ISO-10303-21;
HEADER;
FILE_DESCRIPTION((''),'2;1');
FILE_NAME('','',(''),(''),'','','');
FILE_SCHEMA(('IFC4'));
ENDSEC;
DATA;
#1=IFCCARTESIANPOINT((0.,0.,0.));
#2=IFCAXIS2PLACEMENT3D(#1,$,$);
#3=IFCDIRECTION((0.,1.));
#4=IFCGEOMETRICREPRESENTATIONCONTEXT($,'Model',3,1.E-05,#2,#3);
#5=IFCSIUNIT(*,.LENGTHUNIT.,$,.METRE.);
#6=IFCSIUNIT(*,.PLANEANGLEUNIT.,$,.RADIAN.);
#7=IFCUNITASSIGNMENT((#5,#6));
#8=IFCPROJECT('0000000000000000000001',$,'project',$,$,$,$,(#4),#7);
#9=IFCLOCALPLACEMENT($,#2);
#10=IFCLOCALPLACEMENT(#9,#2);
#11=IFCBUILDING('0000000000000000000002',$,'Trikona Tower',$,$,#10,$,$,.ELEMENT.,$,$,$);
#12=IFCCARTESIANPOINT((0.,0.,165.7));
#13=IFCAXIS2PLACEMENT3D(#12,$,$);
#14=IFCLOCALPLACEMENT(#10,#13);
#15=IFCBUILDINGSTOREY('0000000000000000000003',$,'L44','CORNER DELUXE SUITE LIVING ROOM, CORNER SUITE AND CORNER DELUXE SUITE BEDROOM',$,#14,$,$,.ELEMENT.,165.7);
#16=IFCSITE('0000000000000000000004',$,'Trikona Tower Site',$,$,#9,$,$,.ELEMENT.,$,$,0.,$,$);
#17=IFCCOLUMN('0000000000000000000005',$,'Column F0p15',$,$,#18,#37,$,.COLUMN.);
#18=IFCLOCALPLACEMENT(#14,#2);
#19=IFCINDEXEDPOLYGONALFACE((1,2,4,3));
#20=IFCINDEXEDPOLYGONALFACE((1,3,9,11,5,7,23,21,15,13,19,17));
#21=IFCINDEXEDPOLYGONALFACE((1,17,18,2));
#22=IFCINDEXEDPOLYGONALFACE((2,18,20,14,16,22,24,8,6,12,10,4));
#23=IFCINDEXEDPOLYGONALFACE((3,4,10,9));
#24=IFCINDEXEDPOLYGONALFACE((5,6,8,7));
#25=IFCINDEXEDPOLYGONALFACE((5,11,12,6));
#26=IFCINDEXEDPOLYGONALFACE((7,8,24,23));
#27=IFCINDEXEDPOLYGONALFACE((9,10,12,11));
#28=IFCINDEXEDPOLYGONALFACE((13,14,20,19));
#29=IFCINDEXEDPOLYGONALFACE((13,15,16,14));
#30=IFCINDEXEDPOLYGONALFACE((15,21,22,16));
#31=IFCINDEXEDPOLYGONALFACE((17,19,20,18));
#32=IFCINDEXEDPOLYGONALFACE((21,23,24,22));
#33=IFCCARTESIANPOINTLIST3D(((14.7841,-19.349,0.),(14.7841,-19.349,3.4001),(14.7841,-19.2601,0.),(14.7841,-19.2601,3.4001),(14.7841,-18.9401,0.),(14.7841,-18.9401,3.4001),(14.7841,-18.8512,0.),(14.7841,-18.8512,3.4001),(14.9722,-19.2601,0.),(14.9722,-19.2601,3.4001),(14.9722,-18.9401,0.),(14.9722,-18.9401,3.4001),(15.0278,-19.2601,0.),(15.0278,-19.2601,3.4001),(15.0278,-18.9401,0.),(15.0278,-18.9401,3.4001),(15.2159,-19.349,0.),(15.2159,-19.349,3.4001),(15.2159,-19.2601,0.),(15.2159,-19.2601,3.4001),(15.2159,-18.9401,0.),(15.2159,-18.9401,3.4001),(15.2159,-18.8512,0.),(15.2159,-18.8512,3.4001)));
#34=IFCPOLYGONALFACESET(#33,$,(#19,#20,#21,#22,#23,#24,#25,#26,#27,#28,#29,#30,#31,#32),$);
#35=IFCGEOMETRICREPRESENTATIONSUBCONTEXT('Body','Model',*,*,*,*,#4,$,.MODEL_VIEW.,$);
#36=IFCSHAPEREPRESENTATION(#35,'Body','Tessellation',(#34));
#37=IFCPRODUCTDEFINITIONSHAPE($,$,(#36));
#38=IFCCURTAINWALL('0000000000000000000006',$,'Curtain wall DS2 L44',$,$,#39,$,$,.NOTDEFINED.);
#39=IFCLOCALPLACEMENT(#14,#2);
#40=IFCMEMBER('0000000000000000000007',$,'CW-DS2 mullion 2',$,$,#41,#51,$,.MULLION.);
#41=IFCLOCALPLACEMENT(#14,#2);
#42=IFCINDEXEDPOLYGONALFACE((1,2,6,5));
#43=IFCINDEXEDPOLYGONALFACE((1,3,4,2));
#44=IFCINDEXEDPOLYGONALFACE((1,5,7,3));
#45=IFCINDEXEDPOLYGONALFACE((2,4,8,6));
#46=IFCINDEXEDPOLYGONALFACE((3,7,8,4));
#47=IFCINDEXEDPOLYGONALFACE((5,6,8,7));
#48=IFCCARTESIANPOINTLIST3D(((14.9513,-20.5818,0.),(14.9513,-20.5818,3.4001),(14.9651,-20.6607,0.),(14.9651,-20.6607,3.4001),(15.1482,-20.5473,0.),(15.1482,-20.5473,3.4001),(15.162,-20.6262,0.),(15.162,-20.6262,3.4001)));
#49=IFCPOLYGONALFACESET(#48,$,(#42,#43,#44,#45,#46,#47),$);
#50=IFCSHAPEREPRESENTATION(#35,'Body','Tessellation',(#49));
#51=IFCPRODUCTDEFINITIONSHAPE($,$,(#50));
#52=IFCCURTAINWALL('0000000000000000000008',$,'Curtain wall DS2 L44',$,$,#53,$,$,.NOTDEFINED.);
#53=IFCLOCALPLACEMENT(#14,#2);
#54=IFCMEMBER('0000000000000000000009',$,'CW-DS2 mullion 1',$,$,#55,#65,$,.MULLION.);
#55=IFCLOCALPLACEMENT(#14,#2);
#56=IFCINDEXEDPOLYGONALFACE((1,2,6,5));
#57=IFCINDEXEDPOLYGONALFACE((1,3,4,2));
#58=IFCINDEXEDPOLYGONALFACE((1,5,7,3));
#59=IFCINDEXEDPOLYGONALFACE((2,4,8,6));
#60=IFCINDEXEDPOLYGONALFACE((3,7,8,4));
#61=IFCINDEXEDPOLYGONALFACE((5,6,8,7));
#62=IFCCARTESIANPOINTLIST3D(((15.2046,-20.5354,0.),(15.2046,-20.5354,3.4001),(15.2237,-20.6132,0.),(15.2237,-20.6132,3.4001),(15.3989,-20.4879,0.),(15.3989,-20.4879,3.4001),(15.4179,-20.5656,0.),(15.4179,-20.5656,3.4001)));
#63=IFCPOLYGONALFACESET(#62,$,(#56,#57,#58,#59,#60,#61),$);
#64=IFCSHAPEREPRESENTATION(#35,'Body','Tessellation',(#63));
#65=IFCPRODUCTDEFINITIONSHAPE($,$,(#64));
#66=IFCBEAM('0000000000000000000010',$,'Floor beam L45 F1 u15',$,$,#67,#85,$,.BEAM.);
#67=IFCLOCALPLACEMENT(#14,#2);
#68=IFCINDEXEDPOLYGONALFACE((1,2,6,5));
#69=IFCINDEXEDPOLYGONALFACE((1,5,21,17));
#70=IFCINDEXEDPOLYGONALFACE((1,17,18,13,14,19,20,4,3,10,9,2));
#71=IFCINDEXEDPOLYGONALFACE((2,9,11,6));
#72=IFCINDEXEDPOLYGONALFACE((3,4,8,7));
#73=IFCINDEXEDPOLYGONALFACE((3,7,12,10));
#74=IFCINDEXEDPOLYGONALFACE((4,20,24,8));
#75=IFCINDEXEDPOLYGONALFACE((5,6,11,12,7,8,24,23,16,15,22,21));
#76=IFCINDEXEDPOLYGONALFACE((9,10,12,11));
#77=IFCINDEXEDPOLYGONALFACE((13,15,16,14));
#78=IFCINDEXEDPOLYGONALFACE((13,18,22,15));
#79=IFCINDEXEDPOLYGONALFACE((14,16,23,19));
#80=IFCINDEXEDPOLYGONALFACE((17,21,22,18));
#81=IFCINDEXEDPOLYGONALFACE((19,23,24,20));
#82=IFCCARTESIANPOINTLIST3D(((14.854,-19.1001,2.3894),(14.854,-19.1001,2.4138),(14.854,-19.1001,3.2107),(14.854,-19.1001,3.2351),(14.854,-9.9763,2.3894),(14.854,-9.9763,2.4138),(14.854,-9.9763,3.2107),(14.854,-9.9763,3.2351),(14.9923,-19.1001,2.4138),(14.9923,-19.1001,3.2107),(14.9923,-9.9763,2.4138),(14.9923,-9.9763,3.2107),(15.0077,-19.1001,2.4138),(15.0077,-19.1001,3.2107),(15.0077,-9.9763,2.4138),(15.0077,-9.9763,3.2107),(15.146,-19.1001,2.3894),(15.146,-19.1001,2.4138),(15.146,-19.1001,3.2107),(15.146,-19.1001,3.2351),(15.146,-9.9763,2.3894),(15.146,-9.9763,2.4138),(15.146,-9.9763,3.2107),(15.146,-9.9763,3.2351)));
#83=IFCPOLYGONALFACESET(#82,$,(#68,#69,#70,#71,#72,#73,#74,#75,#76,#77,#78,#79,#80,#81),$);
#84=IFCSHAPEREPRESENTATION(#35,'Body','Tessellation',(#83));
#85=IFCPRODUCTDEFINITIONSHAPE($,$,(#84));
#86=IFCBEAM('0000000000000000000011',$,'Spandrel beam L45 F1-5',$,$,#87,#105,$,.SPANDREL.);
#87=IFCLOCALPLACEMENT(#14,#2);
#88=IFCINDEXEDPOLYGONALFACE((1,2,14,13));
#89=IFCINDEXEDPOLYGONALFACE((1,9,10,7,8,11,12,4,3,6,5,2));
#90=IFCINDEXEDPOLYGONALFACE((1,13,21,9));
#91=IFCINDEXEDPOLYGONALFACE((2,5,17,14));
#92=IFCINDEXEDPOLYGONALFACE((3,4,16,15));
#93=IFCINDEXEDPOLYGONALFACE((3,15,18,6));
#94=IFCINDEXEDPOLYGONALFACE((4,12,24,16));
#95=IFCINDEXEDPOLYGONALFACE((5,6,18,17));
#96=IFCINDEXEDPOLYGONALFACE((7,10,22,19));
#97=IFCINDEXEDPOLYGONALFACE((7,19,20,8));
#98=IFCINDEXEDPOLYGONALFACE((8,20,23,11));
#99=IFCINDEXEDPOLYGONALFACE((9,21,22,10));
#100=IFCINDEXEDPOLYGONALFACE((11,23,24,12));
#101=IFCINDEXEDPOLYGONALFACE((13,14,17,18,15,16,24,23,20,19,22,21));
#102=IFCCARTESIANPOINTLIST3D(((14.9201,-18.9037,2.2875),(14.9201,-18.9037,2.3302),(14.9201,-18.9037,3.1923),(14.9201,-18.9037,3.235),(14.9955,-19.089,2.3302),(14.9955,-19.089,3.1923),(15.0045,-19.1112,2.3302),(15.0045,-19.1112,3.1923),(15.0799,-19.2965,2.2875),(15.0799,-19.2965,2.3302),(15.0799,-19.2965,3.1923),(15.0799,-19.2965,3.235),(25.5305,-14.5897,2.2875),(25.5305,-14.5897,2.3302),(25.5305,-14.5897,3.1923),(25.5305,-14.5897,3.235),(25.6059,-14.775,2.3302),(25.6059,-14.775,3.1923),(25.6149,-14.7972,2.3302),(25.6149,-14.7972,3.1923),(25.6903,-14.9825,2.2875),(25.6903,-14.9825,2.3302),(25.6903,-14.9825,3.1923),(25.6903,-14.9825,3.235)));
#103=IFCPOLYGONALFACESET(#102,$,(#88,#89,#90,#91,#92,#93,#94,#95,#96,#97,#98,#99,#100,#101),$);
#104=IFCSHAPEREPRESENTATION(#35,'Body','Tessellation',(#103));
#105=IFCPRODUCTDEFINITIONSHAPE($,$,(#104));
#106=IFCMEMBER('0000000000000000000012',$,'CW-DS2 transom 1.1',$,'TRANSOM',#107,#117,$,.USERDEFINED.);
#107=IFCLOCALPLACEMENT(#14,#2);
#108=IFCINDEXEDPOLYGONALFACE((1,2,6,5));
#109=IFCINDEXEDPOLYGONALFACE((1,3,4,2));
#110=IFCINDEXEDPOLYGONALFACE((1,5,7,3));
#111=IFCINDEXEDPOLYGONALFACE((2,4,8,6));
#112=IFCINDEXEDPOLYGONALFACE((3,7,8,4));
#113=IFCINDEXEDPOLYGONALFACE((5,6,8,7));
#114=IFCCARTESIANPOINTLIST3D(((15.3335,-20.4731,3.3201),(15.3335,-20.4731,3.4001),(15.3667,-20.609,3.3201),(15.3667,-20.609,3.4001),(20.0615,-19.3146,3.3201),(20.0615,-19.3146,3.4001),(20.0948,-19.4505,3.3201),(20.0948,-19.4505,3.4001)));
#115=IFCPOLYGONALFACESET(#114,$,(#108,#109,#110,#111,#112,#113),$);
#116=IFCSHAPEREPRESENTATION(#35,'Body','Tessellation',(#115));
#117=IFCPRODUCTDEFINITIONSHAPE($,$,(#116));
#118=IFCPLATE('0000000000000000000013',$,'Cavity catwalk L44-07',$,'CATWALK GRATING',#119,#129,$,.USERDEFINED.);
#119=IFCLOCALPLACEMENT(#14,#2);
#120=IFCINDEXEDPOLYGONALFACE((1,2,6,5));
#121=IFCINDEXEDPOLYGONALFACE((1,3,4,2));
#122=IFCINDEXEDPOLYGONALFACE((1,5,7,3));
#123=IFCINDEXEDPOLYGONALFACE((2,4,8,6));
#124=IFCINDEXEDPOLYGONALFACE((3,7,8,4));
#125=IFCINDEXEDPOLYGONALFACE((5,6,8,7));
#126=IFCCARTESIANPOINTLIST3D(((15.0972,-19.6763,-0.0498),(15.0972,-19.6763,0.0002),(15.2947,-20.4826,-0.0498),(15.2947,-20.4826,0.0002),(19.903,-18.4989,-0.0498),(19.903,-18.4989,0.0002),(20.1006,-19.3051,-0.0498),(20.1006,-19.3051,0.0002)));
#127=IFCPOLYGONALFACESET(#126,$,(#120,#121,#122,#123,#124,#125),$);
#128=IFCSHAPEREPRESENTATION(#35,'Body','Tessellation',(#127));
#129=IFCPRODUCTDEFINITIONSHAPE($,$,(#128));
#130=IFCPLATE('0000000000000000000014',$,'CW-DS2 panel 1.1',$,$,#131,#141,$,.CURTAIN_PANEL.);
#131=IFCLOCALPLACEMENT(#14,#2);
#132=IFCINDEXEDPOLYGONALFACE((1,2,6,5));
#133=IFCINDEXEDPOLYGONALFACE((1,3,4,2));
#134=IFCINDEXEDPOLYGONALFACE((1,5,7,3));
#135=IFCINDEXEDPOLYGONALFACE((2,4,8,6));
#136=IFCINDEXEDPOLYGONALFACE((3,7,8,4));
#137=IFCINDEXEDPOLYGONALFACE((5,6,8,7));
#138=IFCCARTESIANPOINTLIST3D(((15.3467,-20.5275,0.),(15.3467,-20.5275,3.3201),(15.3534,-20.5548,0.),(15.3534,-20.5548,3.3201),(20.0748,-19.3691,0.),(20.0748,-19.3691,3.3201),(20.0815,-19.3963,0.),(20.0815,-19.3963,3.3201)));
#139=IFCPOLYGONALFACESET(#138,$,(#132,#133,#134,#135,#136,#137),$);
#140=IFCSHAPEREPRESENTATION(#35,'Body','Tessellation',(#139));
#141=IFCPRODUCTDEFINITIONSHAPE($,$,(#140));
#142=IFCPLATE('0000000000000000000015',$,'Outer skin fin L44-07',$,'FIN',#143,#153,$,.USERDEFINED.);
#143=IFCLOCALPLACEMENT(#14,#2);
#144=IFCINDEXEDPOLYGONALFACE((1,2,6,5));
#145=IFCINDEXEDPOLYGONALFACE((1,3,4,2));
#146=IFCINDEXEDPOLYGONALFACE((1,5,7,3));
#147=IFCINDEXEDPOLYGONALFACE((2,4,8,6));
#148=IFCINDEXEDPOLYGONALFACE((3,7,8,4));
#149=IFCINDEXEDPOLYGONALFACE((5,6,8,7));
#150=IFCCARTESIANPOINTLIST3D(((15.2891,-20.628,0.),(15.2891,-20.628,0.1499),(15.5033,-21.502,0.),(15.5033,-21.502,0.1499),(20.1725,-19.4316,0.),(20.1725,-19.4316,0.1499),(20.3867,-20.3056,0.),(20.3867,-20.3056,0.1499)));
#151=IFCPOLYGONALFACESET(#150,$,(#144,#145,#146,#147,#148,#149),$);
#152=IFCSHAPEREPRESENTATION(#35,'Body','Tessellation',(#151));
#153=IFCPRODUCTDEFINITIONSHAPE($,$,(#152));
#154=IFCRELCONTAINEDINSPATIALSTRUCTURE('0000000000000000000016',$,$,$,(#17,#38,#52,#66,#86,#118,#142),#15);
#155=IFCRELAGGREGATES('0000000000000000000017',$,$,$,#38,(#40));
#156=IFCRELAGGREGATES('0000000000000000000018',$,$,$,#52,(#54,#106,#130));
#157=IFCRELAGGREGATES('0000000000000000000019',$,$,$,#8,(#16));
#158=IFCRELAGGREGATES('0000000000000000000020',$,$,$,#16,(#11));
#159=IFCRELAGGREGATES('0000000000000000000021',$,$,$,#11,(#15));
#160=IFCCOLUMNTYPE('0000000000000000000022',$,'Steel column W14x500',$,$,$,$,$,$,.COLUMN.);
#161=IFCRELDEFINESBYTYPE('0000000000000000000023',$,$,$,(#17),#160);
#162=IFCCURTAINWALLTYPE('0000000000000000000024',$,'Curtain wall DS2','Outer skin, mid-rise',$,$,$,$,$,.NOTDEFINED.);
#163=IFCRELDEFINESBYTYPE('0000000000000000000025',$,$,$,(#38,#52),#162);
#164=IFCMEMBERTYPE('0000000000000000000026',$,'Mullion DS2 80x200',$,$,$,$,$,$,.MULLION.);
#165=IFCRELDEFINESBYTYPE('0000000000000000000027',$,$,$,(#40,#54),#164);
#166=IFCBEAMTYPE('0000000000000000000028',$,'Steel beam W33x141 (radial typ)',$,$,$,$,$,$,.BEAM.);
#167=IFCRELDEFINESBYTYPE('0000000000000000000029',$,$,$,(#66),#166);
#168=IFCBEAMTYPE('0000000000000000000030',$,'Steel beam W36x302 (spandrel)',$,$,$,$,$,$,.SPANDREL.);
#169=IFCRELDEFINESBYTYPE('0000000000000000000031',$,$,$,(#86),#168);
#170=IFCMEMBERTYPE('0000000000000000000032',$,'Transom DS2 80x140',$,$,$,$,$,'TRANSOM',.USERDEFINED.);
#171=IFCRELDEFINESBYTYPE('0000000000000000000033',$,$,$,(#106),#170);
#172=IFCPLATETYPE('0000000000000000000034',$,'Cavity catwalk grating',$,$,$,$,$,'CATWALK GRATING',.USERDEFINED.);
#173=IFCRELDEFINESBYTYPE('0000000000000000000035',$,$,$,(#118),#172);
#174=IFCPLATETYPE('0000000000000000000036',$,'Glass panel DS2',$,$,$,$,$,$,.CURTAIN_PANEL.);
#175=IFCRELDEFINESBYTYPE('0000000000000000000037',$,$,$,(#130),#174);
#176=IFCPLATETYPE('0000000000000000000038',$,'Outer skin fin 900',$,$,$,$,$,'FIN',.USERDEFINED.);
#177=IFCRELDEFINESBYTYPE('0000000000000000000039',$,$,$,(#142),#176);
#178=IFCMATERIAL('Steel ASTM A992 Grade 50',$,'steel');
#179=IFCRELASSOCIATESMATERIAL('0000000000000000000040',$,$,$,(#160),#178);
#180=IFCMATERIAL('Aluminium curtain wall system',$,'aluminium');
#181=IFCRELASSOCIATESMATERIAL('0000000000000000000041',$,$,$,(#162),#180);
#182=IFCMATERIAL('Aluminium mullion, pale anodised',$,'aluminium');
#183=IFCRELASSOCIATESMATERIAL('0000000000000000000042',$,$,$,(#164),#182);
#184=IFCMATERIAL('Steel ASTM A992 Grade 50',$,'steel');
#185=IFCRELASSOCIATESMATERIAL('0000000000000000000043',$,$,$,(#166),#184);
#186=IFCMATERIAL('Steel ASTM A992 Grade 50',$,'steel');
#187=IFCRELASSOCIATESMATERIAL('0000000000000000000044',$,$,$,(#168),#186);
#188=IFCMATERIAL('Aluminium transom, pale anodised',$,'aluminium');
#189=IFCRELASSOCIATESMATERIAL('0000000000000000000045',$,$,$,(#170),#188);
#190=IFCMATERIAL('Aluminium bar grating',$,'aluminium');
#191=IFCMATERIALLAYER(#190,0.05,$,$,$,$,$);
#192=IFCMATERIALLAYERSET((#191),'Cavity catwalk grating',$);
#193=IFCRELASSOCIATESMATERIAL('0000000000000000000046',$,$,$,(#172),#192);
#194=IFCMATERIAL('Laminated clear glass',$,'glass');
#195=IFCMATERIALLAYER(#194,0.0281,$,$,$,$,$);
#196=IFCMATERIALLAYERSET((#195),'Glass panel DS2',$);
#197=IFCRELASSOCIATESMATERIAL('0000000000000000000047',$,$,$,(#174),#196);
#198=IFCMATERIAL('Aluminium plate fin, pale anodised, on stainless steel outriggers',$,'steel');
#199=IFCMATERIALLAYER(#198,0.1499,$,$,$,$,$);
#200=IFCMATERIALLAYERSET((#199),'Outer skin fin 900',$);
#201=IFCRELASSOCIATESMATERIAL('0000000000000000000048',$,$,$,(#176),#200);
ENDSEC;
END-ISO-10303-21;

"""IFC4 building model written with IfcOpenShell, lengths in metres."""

from ifc_helpers import new_model, si_unit, direction, frame, origin, origin_2d, place, context, subcontext, project, spatial, rectangle, i_section, extrude, material, layer, layer_set, material_profile, profile_set, type_object, element, aggregate, save


model = new_model("IFC4")

# Units and contexts
model_context = context("Model", 3, precision=1e-05, world=origin(), true_north=direction((0.0, 1.0)))
body_context = subcontext(model_context, "Body", "Model", "MODEL_VIEW")
ifc_project = project(units=[si_unit("LENGTHUNIT", "METRE"), si_unit("PLANEANGLEUNIT", "RADIAN")], contexts=[model_context])

# Site, building, storey
site_placement = place(None, origin())
site = spatial("IfcSite", under=ifc_project, at=site_placement, Name="Trikona Tower Site", CompositionType="ELEMENT", RefElevation=0.0)
building_placement = place(site_placement, origin())
building = spatial("IfcBuilding", under=site, at=building_placement, Name="Trikona Tower", CompositionType="ELEMENT")
storey_placement = place(building_placement, frame((0.0, 0.0, 165.7)))
storey = spatial("IfcBuildingStorey", under=building, at=storey_placement, Name="L44", Description="CORNER DELUXE SUITE LIVING ROOM, CORNER SUITE AND CORNER DELUXE SUITE BEDROOM", CompositionType="ELEMENT", Elevation=165.7)

# Column
ifc_material_1 = material(Name="Steel ASTM A992 Grade 50", Category="steel")
ifc_material_profile_1 = material_profile(ifc_material_1, i_section(OverallWidth=0.4319, OverallDepth=0.4978, WebThickness=0.0557, FlangeThickness=0.0889, at=origin_2d()), Name="W14X500")
ifc_profile_set_1 = profile_set([ifc_material_profile_1], Name="Steel ASTM A992 Grade 50")
column_type = type_object("IfcColumnType", Name="Steel column W14x500", PredefinedType="COLUMN", material=ifc_profile_set_1)
column_placement = place(storey_placement, frame((15.0, -19.1001, 0.0), z_axis=(0.0, 0.0, 1.0), x_axis=(1.0, 0.0, 0.0)))
element("IfcColumn", 1, at=column_placement, inside=storey, type_object=column_type, Name="Column F0p15", PredefinedType="COLUMN", context=body_context, shape_type="SweptSolid", body=[
    extrude(i_section(OverallWidth=0.4319, OverallDepth=0.4978, WebThickness=0.0557, FlangeThickness=0.0889, at=origin_2d()), origin(), (0.0, 0.0, 1.0), 3.4001),
])

# Curtain walls, members
ifc_material_2 = material(Name="Aluminium curtain wall system", Category="aluminium")
curtain_wall_type = type_object("IfcCurtainWallType", Name="Curtain wall DS2", Description="Outer skin, mid-rise", PredefinedType="NOTDEFINED", material=ifc_material_2)
curtain_wall_1_placement = place(storey_placement, origin())
curtain_wall_1 = element("IfcCurtainWall", 2, at=curtain_wall_1_placement, inside=storey, type_object=curtain_wall_type, Name="Curtain wall DS2 L44", PredefinedType="NOTDEFINED")
ifc_material_3 = material(Name="Aluminium mullion, pale anodised", Category="aluminium")
ifc_material_profile_2 = material_profile(ifc_material_3, rectangle(XDim=0.0801, YDim=0.2, at=origin_2d()), Name="MUL-DS2")
ifc_profile_set_2 = profile_set([ifc_material_profile_2], Name="Aluminium mullion, pale anodised")
member_type_1 = type_object("IfcMemberType", Name="Mullion DS2 80x200", PredefinedType="MULLION", material=ifc_profile_set_2)
member_1_placement = place(storey_placement, frame((15.0566, -20.604, 0.0), z_axis=(0.0, 0.0, 1.0), x_axis=(-0.172377, 0.985031, 0.0)))
member_1 = element("IfcMember", 3, at=member_1_placement, type_object=member_type_1, Name="CW-DS2 mullion 2", PredefinedType="MULLION", context=body_context, shape_type="SweptSolid", body=[
    extrude(rectangle(XDim=0.0801, YDim=0.2, at=origin_2d()), origin(), (0.0, 0.0, 1.0), 3.4001),
])
aggregate(curtain_wall_1, [member_1])
curtain_wall_2_placement = place(storey_placement, origin())
curtain_wall_2 = element("IfcCurtainWall", 4, at=curtain_wall_2_placement, inside=storey, type_object=curtain_wall_type, Name="Curtain wall DS2 L44", PredefinedType="NOTDEFINED")
member_2_placement = place(storey_placement, frame((15.3113, -20.5505, 0.0), z_axis=(0.0, 0.0, 1.0), x_axis=(-0.23797, 0.971272, 0.0)))
member_2 = element("IfcMember", 5, at=member_2_placement, type_object=member_type_1, Name="CW-DS2 mullion 1", PredefinedType="MULLION", context=body_context, shape_type="SweptSolid", body=[
    extrude(rectangle(XDim=0.0801, YDim=0.2, at=origin_2d()), origin(), (0.0, 0.0, 1.0), 3.4001),
])

# Beams
ifc_material_4 = material(Name="Steel ASTM A992 Grade 50", Category="steel")
ifc_material_profile_3 = material_profile(ifc_material_4, i_section(OverallWidth=0.292, OverallDepth=0.8457, WebThickness=0.0154, FlangeThickness=0.0244, at=origin_2d()), Name="W33X141")
ifc_profile_set_3 = profile_set([ifc_material_profile_3], Name="Steel ASTM A992 Grade 50")
beam_type_1 = type_object("IfcBeamType", Name="Steel beam W33x141 (radial typ)", PredefinedType="BEAM", material=ifc_profile_set_3)
beam_1_placement = place(storey_placement, frame((15.0, -9.9763, 2.8123), z_axis=(0.0, -1.0, 0.0), x_axis=(1.0, 0.0, 0.0)))
element("IfcBeam", 6, at=beam_1_placement, inside=storey, type_object=beam_type_1, Name="Floor beam L45 F1 u15", PredefinedType="BEAM", context=body_context, shape_type="SweptSolid", body=[
    extrude(i_section(OverallWidth=0.292, OverallDepth=0.8457, WebThickness=0.0154, FlangeThickness=0.0244, at=origin_2d()), origin(), (0.0, 0.0, 1.0), 9.1238),
])
ifc_material_5 = material(Name="Steel ASTM A992 Grade 50", Category="steel")
ifc_material_profile_4 = material_profile(ifc_material_5, i_section(OverallWidth=0.4241, OverallDepth=0.9475, WebThickness=0.0239, FlangeThickness=0.0427, at=origin_2d()), Name="W36X302")
ifc_profile_set_4 = profile_set([ifc_material_profile_4], Name="Steel ASTM A992 Grade 50")
beam_type_2 = type_object("IfcBeamType", Name="Steel beam W36x302 (spandrel)", PredefinedType="SPANDREL", material=ifc_profile_set_4)
beam_2_placement = place(storey_placement, frame((15.0, -19.1001, 2.7612), z_axis=(0.92636, 0.37664, 0.0), x_axis=(-0.37664, 0.92636, 0.0)))
element("IfcBeam", 7, at=beam_2_placement, inside=storey, type_object=beam_type_2, Name="Spandrel beam L45 F1-5", PredefinedType="SPANDREL", context=body_context, shape_type="SweptSolid", body=[
    extrude(i_section(OverallWidth=0.4241, OverallDepth=0.9475, WebThickness=0.0239, FlangeThickness=0.0427, at=origin_2d()), origin(), (0.0, 0.0, 1.0), 11.4539),
])

# Member
ifc_material_6 = material(Name="Aluminium transom, pale anodised", Category="aluminium")
ifc_material_profile_5 = material_profile(ifc_material_6, rectangle(XDim=0.1399, YDim=0.0801, at=origin_2d()), Name="TRN-DS2")
ifc_profile_set_5 = profile_set([ifc_material_profile_5], Name="Aluminium transom, pale anodised")
member_type_2 = type_object("IfcMemberType", Name="Transom DS2 80x140", ElementType="TRANSOM", PredefinedType="USERDEFINED", material=ifc_profile_set_5)
member_3_placement = place(storey_placement, frame((15.3501, -20.541, 3.3601), z_axis=(0.971271, 0.237978, 0.0), x_axis=(-0.237978, 0.971271, 0.0)))
member_3 = element("IfcMember", 8, at=member_3_placement, type_object=member_type_2, Name="CW-DS2 transom 1.1", ObjectType="TRANSOM", PredefinedType="USERDEFINED", context=body_context, shape_type="SweptSolid", body=[
    extrude(rectangle(XDim=0.1399, YDim=0.0801, at=origin_2d()), origin(), (0.0, 0.0, 1.0), 4.8679),
])

# Plates
ifc_material_7 = material(Name="Aluminium bar grating", Category="aluminium")
ifc_layer_1 = layer(ifc_material_7, 0.05)
ifc_layer_set_1 = layer_set([ifc_layer_1], Name="Cavity catwalk grating")
plate_type_1 = type_object("IfcPlateType", Name="Cavity catwalk grating", ElementType="CATWALK GRATING", PredefinedType="USERDEFINED", material=ifc_layer_set_1)
plate_1_placement = place(storey_placement, frame((17.5989, -19.4907, -0.0498), z_axis=(0.0, 0.0, 1.0), x_axis=(0.971274, 0.237962, 0.0)))
element("IfcPlate", 9, at=plate_1_placement, inside=storey, type_object=plate_type_1, Name="Cavity catwalk L44-07", ObjectType="CATWALK GRATING", PredefinedType="USERDEFINED", context=body_context, shape_type="SweptSolid", body=[
    extrude(rectangle(XDim=4.948, YDim=0.8301, at=origin_2d()), origin(), (0.0, 0.0, 1.0), 0.05),
])
ifc_material_8 = material(Name="Laminated clear glass", Category="glass")
ifc_layer_2 = layer(ifc_material_8, 0.0281)
ifc_layer_set_2 = layer_set([ifc_layer_2], Name="Glass panel DS2")
plate_type_2 = type_object("IfcPlateType", Name="Glass panel DS2", PredefinedType="CURTAIN_PANEL", material=ifc_layer_set_2)
plate_2_placement = place(storey_placement, frame((17.7141, -19.9619, 0.0), z_axis=(0.0, 0.0, 1.0), x_axis=(0.971272, 0.23797, 0.0)))
plate_2 = element("IfcPlate", 10, at=plate_2_placement, type_object=plate_type_2, Name="CW-DS2 panel 1.1", PredefinedType="CURTAIN_PANEL", context=body_context, shape_type="SweptSolid", body=[
    extrude(rectangle(XDim=4.8679, YDim=0.0281, at=origin_2d()), origin(), (0.0, 0.0, 1.0), 3.3201),
])
aggregate(curtain_wall_2, [member_2, member_3, plate_2])
ifc_material_9 = material(Name="Aluminium plate fin, pale anodised, on stainless steel outriggers", Category="steel")
ifc_layer_3 = layer(ifc_material_9, 0.1499)
ifc_layer_set_3 = layer_set([ifc_layer_3], Name="Outer skin fin 900")
plate_type_3 = type_object("IfcPlateType", Name="Outer skin fin 900", ElementType="FIN", PredefinedType="USERDEFINED", material=ifc_layer_set_3)
plate_3_placement = place(storey_placement, frame((17.8379, -20.4668, 0.0), z_axis=(0.0, 0.0, 1.0), x_axis=(0.971274, 0.237962, 0.0)))
element("IfcPlate", 11, at=plate_3_placement, inside=storey, type_object=plate_type_3, Name="Outer skin fin L44-07", ObjectType="FIN", PredefinedType="USERDEFINED", context=body_context, shape_type="SweptSolid", body=[
    extrude(rectangle(XDim=5.0278, YDim=0.8999, at=origin_2d()), origin(), (0.0, 0.0, 1.0), 0.1499),
])

save(model, "model.ifc")
